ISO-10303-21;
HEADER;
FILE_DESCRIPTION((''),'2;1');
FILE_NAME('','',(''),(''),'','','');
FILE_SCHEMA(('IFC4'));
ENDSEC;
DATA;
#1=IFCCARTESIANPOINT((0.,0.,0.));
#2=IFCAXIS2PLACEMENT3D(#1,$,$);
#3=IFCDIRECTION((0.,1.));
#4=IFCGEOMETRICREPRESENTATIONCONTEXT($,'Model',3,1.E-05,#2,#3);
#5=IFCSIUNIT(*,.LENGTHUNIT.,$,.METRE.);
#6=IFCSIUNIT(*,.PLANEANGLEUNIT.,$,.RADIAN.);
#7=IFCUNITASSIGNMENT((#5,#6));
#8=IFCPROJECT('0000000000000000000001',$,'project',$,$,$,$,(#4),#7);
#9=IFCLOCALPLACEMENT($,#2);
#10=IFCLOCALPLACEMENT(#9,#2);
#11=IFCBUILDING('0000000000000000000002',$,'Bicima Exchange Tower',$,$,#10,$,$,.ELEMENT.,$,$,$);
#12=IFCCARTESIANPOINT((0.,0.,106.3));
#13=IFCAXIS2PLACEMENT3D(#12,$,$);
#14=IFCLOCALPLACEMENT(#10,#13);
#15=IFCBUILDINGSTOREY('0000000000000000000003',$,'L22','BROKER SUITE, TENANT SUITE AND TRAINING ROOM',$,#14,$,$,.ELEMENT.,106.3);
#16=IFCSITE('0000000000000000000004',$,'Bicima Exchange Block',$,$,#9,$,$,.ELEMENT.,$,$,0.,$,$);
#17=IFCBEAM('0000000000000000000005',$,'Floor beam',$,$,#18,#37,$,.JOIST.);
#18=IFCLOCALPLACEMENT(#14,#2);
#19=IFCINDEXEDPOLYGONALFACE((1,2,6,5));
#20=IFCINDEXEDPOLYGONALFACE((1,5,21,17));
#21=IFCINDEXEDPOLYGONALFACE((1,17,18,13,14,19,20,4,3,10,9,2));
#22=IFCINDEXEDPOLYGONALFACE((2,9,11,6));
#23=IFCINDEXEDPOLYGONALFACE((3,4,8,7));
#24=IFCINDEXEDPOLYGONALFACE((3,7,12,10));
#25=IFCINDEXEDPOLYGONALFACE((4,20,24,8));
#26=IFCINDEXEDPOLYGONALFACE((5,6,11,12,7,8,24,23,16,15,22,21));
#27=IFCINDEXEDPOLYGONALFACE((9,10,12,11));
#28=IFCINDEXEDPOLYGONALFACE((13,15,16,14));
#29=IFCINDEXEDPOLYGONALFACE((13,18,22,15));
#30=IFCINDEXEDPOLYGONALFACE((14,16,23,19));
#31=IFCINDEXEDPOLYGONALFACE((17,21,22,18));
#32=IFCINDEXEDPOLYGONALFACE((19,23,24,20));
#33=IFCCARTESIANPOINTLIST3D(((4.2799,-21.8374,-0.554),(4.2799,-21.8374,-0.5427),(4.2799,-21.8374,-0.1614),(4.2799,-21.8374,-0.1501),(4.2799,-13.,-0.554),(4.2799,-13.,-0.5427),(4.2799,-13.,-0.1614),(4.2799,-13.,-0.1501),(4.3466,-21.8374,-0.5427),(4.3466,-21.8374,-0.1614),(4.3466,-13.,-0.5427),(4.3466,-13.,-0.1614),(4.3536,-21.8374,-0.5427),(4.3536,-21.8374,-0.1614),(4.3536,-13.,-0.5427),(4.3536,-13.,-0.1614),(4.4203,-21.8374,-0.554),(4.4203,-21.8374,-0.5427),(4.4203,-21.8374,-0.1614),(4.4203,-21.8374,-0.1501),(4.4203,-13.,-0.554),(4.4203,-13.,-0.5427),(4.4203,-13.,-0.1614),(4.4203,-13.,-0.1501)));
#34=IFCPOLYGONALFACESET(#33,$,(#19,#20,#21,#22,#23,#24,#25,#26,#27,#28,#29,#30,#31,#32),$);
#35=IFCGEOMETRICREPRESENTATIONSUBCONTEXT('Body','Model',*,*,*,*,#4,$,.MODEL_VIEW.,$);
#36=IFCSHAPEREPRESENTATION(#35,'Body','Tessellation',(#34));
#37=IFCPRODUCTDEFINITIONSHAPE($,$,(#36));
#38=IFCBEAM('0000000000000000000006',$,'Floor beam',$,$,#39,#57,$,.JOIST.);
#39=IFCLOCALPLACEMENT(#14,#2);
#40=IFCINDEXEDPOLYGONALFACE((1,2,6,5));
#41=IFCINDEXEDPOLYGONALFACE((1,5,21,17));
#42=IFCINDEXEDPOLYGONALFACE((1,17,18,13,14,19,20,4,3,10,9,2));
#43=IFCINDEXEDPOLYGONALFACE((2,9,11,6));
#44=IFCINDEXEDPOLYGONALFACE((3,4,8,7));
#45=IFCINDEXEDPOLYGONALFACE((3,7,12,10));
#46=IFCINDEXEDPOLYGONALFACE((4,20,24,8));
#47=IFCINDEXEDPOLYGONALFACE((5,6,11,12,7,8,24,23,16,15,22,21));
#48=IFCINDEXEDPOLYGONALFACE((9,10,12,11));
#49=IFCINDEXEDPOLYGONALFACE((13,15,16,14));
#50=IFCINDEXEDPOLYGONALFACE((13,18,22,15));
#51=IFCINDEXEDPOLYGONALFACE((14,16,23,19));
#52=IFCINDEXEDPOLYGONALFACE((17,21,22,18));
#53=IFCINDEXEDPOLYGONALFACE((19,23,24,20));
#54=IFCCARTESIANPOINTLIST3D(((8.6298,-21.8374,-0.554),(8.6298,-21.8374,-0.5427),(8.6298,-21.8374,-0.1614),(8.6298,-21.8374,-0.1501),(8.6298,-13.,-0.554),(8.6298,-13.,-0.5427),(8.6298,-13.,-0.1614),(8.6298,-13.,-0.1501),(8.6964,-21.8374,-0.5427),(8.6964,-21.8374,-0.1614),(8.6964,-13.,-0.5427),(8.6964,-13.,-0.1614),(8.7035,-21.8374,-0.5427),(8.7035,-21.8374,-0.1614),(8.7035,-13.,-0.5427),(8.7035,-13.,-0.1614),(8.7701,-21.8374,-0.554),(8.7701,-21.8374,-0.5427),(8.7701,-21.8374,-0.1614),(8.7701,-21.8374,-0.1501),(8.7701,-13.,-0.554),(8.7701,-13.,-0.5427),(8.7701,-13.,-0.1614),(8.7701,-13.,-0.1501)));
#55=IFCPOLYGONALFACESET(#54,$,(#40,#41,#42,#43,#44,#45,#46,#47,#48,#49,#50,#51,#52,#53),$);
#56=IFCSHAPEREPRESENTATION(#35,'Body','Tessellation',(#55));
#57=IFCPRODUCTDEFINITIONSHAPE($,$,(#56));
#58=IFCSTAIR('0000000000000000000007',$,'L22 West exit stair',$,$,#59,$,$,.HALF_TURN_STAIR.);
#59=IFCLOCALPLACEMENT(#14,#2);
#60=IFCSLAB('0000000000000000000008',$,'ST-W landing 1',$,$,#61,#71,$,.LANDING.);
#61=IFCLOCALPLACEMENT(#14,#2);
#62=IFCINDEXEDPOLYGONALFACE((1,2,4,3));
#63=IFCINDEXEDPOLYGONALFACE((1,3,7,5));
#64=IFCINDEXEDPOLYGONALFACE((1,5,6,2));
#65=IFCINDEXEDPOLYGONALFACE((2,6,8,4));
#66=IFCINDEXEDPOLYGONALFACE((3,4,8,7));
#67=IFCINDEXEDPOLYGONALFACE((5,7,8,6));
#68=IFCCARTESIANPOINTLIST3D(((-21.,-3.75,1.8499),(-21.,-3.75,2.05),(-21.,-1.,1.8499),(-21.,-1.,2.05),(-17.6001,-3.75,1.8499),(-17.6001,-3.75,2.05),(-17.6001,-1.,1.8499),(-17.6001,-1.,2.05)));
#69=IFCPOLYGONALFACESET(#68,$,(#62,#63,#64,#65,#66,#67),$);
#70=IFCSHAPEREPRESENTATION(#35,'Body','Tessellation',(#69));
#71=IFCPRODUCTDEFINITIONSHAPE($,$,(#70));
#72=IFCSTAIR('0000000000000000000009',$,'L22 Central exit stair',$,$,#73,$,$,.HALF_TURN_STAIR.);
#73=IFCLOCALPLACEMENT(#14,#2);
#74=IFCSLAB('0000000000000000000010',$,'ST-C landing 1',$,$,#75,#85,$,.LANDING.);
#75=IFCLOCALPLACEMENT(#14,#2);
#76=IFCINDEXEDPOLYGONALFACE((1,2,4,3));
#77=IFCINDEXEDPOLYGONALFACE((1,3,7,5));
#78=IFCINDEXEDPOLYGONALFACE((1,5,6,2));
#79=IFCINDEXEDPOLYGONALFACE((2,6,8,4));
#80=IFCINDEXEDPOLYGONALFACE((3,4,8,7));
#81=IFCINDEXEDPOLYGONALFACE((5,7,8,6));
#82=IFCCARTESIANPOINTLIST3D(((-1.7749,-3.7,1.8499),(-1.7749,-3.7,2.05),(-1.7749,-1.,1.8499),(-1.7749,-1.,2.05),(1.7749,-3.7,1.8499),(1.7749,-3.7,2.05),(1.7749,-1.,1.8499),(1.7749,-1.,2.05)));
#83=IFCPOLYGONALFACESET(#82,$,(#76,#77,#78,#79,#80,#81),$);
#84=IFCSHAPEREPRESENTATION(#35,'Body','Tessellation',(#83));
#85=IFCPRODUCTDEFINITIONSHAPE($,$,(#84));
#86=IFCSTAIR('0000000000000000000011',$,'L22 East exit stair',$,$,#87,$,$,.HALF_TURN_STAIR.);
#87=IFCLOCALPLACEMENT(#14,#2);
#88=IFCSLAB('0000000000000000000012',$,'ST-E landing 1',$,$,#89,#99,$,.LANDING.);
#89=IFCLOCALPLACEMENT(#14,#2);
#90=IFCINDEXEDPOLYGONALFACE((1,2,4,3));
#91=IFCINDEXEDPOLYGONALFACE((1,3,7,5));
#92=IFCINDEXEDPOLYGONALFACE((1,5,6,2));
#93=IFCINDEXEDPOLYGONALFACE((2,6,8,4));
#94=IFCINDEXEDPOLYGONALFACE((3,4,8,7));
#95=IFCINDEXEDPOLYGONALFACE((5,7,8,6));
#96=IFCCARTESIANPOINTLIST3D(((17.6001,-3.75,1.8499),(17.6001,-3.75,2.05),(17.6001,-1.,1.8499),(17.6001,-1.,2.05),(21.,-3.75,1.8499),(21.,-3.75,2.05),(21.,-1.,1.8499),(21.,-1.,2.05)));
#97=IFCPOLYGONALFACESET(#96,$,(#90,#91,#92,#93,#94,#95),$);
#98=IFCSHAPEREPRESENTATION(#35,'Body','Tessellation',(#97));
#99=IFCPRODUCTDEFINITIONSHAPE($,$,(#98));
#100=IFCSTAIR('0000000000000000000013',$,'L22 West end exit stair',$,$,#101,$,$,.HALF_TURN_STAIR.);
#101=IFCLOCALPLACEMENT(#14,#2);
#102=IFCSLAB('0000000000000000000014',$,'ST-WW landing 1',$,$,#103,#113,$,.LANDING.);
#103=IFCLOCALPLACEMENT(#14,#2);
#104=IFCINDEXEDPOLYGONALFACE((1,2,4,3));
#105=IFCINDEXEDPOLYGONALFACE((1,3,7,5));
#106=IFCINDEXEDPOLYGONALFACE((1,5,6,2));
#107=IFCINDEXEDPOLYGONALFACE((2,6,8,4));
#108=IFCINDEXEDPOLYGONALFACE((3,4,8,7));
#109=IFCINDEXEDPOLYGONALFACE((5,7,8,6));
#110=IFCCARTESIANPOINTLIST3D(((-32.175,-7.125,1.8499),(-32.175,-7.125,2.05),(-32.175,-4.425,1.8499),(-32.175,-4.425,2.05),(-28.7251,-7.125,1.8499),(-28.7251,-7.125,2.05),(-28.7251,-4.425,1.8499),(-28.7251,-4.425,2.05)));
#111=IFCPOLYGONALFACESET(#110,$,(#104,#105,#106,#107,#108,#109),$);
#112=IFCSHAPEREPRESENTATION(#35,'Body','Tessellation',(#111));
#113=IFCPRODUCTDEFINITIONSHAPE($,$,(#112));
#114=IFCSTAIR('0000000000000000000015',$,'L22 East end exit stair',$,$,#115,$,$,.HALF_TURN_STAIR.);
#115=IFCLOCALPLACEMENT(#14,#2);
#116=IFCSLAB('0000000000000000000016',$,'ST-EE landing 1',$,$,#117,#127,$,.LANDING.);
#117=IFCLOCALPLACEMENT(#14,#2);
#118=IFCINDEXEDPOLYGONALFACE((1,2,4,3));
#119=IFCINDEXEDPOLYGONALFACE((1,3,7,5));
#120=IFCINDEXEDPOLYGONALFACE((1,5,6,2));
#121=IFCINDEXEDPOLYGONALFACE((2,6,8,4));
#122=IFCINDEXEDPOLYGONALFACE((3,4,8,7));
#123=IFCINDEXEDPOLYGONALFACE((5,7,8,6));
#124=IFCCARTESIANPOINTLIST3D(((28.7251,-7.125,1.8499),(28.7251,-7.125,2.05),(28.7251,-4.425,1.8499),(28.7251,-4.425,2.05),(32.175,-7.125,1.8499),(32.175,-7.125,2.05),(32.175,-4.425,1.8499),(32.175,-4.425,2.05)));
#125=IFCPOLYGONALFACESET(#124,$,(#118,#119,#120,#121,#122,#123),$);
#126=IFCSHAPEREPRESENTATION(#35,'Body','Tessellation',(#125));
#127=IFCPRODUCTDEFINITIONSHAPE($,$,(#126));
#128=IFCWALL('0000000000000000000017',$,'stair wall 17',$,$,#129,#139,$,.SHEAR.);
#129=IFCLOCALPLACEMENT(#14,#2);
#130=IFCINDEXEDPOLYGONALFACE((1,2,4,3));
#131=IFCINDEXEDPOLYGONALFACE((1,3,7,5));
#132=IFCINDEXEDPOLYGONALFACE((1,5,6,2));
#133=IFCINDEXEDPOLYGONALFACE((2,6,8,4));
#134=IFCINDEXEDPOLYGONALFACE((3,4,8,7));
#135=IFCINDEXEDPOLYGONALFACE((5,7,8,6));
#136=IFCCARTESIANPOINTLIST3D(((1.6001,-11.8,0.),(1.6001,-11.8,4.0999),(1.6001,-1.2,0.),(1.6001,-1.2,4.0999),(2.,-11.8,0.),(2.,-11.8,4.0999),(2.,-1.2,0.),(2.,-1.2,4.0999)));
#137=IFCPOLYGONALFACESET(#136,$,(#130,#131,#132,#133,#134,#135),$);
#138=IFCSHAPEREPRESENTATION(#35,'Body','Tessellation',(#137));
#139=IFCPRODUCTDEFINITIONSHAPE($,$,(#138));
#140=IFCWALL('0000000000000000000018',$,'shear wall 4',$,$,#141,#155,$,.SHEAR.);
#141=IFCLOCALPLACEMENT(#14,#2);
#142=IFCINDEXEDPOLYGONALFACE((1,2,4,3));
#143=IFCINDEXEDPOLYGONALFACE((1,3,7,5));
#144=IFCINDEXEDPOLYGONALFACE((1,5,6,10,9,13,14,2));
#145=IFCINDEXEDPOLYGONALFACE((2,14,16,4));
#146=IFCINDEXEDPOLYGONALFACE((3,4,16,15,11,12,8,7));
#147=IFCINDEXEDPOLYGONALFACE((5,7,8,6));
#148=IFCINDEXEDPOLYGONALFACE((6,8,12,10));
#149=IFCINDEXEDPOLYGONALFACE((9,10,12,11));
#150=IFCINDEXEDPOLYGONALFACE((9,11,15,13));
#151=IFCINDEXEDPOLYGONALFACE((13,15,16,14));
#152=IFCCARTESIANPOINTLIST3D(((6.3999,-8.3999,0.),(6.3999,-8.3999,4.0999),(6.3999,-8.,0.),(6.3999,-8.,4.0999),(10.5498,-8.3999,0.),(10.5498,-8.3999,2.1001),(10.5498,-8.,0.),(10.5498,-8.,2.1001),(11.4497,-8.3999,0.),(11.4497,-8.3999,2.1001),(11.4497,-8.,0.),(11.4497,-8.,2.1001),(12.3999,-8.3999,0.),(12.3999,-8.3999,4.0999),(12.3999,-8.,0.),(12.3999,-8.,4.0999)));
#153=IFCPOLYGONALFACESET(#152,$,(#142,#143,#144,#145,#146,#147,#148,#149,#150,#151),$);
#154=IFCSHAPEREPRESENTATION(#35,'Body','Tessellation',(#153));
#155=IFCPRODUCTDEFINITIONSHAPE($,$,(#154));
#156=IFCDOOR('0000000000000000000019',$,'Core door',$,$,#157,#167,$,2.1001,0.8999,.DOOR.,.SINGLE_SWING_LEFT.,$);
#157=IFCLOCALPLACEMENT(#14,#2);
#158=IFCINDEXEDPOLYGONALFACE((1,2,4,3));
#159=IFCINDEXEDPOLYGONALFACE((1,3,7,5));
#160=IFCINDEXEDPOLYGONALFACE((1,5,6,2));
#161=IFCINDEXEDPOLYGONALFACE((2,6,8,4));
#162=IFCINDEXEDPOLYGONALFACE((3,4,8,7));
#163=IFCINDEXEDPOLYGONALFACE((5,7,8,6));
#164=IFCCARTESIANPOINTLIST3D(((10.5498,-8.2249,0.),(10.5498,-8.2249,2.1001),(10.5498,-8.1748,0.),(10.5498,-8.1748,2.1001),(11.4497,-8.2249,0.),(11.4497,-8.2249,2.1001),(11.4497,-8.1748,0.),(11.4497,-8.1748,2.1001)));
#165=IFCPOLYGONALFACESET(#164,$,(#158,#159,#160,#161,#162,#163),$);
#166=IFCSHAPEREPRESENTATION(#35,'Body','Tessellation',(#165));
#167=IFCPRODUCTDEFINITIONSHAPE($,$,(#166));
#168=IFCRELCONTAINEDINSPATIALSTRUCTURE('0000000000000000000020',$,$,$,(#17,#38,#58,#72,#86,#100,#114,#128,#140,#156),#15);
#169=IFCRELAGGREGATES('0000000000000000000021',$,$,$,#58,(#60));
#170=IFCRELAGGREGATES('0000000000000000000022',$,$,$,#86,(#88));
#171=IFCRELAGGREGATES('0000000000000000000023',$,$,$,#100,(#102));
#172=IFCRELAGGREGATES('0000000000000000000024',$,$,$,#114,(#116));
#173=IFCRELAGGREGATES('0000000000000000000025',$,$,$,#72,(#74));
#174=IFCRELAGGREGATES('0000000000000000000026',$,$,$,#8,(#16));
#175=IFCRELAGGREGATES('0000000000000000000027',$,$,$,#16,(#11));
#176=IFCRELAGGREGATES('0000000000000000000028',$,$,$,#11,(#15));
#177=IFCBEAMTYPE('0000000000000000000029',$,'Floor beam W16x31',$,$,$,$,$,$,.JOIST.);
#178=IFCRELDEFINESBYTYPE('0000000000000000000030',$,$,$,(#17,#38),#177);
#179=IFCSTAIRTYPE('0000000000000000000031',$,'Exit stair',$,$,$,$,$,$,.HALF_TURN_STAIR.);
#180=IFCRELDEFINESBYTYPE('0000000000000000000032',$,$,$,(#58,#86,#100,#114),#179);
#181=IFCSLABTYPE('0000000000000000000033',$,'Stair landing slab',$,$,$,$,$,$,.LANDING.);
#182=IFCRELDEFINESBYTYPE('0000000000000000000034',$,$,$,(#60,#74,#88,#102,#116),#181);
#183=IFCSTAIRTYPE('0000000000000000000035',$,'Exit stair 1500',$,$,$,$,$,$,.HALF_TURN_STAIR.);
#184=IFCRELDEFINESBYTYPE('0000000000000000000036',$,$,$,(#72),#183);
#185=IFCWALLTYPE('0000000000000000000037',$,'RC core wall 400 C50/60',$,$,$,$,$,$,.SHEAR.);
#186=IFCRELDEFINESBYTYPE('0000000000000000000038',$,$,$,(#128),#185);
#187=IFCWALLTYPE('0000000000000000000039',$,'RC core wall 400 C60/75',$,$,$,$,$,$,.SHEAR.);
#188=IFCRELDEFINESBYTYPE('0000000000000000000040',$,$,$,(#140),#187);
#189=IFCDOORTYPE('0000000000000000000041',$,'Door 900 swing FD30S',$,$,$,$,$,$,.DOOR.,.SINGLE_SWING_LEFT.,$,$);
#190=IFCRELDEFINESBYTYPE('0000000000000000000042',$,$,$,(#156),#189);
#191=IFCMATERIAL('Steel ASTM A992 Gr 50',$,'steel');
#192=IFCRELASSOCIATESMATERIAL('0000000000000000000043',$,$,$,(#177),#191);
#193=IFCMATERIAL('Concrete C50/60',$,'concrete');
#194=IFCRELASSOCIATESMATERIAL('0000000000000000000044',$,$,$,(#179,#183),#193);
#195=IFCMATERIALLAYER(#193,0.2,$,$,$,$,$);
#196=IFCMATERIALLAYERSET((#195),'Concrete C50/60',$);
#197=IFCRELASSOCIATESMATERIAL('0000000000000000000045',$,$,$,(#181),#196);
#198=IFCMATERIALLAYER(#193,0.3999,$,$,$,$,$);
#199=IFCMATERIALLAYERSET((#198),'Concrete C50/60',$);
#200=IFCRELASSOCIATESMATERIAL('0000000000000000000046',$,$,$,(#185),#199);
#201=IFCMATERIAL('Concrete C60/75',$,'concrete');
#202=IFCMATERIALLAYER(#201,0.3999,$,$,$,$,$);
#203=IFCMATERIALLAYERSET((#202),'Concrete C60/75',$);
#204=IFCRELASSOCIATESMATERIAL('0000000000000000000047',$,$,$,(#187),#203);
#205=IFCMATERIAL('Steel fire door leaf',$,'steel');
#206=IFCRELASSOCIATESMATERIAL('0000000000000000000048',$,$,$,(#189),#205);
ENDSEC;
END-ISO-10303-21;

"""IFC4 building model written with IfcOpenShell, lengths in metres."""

from ifc_helpers import new_model, si_unit, direction, frame, frame_2d, origin, origin_2d, place, context, subcontext, project, spatial, polyline, rectangle, i_section, outline, extrude, material, layer, layer_set, material_profile, profile_set, type_object, element, fill, aggregate, save


model = new_model("IFC4")

# Units and contexts
model_context = context("Model", 3, precision=1e-05, world=origin(), true_north=direction((0.0, 1.0)))
body_context = subcontext(model_context, "Body", "Model", "MODEL_VIEW")
ifc_project = project(units=[si_unit("LENGTHUNIT", "METRE"), si_unit("PLANEANGLEUNIT", "RADIAN")], contexts=[model_context])

# Site, building, storey
site_placement = place(None, origin())
site = spatial("IfcSite", under=ifc_project, at=site_placement, Name="Bicima Exchange Block", CompositionType="ELEMENT", RefElevation=0.0)
building_placement = place(site_placement, origin())
building = spatial("IfcBuilding", under=site, at=building_placement, Name="Bicima Exchange Tower", CompositionType="ELEMENT")
storey_placement = place(building_placement, frame((0.0, 0.0, 106.3)))
storey = spatial("IfcBuildingStorey", under=building, at=storey_placement, Name="L22", Description="BROKER SUITE, TENANT SUITE AND TRAINING ROOM", CompositionType="ELEMENT", Elevation=106.3)

# Beams
ifc_material_1 = material(Name="Steel ASTM A992 Gr 50", Category="steel")
ifc_material_profile = material_profile(ifc_material_1, i_section(OverallWidth=0.1404, OverallDepth=0.4038, WebThickness=0.0071, FlangeThickness=0.0112, at=origin_2d()))
ifc_profile_set = profile_set([ifc_material_profile], Name="Steel ASTM A992 Gr 50")
beam_type = type_object("IfcBeamType", Name="Floor beam W16x31", PredefinedType="JOIST", material=ifc_profile_set)
for number, where, z_axis, x_axis, name in (
    (1, (4.3501, -13.0, -0.3521), (0.0, -1.0, 0.0), (1.0, 0.0, 0.0), "Floor beam"),
    (2, (8.7, -13.0, -0.3521), (0.0, -1.0, 0.0), (1.0, 0.0, 0.0), "Floor beam"),
):
    element("IfcBeam", number, at=place(storey_placement, frame(where, z_axis=z_axis, x_axis=x_axis)), inside=storey, type_object=beam_type, Name=name, PredefinedType="JOIST", context=body_context, shape_type="SweptSolid", body=[
        extrude(i_section(OverallWidth=0.1404, OverallDepth=0.4038, WebThickness=0.0071, FlangeThickness=0.0112, at=origin_2d()), origin(), (0.0, 0.0, 1.0), 8.8374),
    ])

# Stairs, slabs
ifc_material_2 = material(Name="Concrete C50/60", Category="concrete")
stair_type_1 = type_object("IfcStairType", Name="Exit stair", PredefinedType="HALF_TURN_STAIR", material=ifc_material_2)
stair_1_placement = place(storey_placement, origin())
stair_1 = element("IfcStair", 3, at=stair_1_placement, inside=storey, type_object=stair_type_1, Name="L22 West exit stair", PredefinedType="HALF_TURN_STAIR")
ifc_layer_1 = layer(ifc_material_2, 0.2)
ifc_layer_set_1 = layer_set([ifc_layer_1], Name="Concrete C50/60")
slab_type = type_object("IfcSlabType", Name="Stair landing slab", PredefinedType="LANDING", material=ifc_layer_set_1)
slab_1_placement = place(storey_placement, frame((0.0, 0.0, 1.8499)))
slab_1 = element("IfcSlab", 4, at=slab_1_placement, type_object=slab_type, Name="ST-W landing 1", PredefinedType="LANDING", context=body_context, shape_type="SweptSolid", body=[
    extrude(outline(polyline([(-17.6001, -3.75), (-17.6001, -1.0), (-21.0, -1.0), (-21.0, -3.75), (-17.6001, -3.75)])), origin(), (0.0, 0.0, 1.0), 0.2002),
])
aggregate(stair_1, [slab_1])
stair_type_2 = type_object("IfcStairType", Name="Exit stair 1500", PredefinedType="HALF_TURN_STAIR", material=ifc_material_2)
stair_2_placement = place(storey_placement, origin())
stair_2 = element("IfcStair", 5, at=stair_2_placement, inside=storey, type_object=stair_type_2, Name="L22 Central exit stair", PredefinedType="HALF_TURN_STAIR")
slab_2_placement = place(storey_placement, frame((0.0, 0.0, 1.8499)))
slab_2 = element("IfcSlab", 6, at=slab_2_placement, type_object=slab_type, Name="ST-C landing 1", PredefinedType="LANDING", context=body_context, shape_type="SweptSolid", body=[
    extrude(outline(polyline([(1.7749, -3.7), (1.7749, -1.0), (-1.7749, -1.0), (-1.7749, -3.7), (1.7749, -3.7)])), origin(), (0.0, 0.0, 1.0), 0.2002),
])
stair_3_placement = place(storey_placement, origin())
stair_3 = element("IfcStair", 7, at=stair_3_placement, inside=storey, type_object=stair_type_1, Name="L22 East exit stair", PredefinedType="HALF_TURN_STAIR")
slab_3_placement = place(storey_placement, frame((0.0, 0.0, 1.8499)))
slab_3 = element("IfcSlab", 8, at=slab_3_placement, type_object=slab_type, Name="ST-E landing 1", PredefinedType="LANDING", context=body_context, shape_type="SweptSolid", body=[
    extrude(outline(polyline([(21.0, -3.75), (21.0, -1.0), (17.6001, -1.0), (17.6001, -3.75), (21.0, -3.75)])), origin(), (0.0, 0.0, 1.0), 0.2002),
])
aggregate(stair_3, [slab_3])
stair_4_placement = place(storey_placement, origin())
stair_4 = element("IfcStair", 9, at=stair_4_placement, inside=storey, type_object=stair_type_1, Name="L22 West end exit stair", PredefinedType="HALF_TURN_STAIR")
slab_4_placement = place(storey_placement, frame((0.0, 0.0, 1.8499)))
slab_4 = element("IfcSlab", 10, at=slab_4_placement, type_object=slab_type, Name="ST-WW landing 1", PredefinedType="LANDING", context=body_context, shape_type="SweptSolid", body=[
    extrude(outline(polyline([(-28.7251, -7.125), (-28.7251, -4.425), (-32.175, -4.425), (-32.175, -7.125), (-28.7251, -7.125)])), origin(), (0.0, 0.0, 1.0), 0.2002),
])
aggregate(stair_4, [slab_4])
stair_5_placement = place(storey_placement, origin())
stair_5 = element("IfcStair", 11, at=stair_5_placement, inside=storey, type_object=stair_type_1, Name="L22 East end exit stair", PredefinedType="HALF_TURN_STAIR")
slab_5_placement = place(storey_placement, frame((0.0, 0.0, 1.8499)))
slab_5 = element("IfcSlab", 12, at=slab_5_placement, type_object=slab_type, Name="ST-EE landing 1", PredefinedType="LANDING", context=body_context, shape_type="SweptSolid", body=[
    extrude(outline(polyline([(32.175, -7.125), (32.175, -4.425), (28.7251, -4.425), (28.7251, -7.125), (32.175, -7.125)])), origin(), (0.0, 0.0, 1.0), 0.2002),
])
aggregate(stair_5, [slab_5])

# Wall
ifc_layer_2 = layer(ifc_material_2, 0.3999)
ifc_layer_set_2 = layer_set([ifc_layer_2], Name="Concrete C50/60")
wall_type_1 = type_object("IfcWallType", Name="RC core wall 400 C50/60", PredefinedType="SHEAR", material=ifc_layer_set_2)
wall_1_placement = place(storey_placement, frame((1.8, -11.8, 0.0), z_axis=(0.0, 0.0, 1.0), x_axis=(0.0, 1.0, 0.0)))
element("IfcWall", 13, at=wall_1_placement, inside=storey, type_object=wall_type_1, Name="stair wall 17", PredefinedType="SHEAR", context=body_context, shape_type="SweptSolid", body=[
    extrude(rectangle(XDim=10.6001, YDim=0.3999, at=frame_2d((5.3, 0.0))), origin(), (0.0, 0.0, 1.0), 4.0999),
])

# Wall, opening, door
ifc_material_3 = material(Name="Concrete C60/75", Category="concrete")
ifc_layer_3 = layer(ifc_material_3, 0.3999)
ifc_layer_set_3 = layer_set([ifc_layer_3], Name="Concrete C60/75")
wall_type_2 = type_object("IfcWallType", Name="RC core wall 400 C60/75", PredefinedType="SHEAR", material=ifc_layer_set_3)
wall_2_placement = place(storey_placement, frame((6.3999, -8.2, 0.0), z_axis=(0.0, 0.0, 1.0), x_axis=(1.0, 0.0, 0.0)))
wall_2 = element("IfcWall", 14, at=wall_2_placement, inside=storey, type_object=wall_type_2, Name="shear wall 4", PredefinedType="SHEAR", context=body_context, shape_type="SweptSolid", body=[
    extrude(rectangle(XDim=6.0, YDim=0.3999, at=frame_2d((3.0, 0.0))), origin(), (0.0, 0.0, 1.0), 4.0999),
])
opening_1_placement = place(wall_2_placement, frame((4.1499, 0.0, 0.0)))
opening_1 = element("IfcOpeningElement", 15, at=opening_1_placement, cuts=wall_2, PredefinedType="OPENING", context=body_context, shape_type="SweptSolid", body=[
    extrude(rectangle(XDim=0.8999, YDim=2.1001, at=frame_2d((0.45, 1.05))), frame((0.0, 0.2119, 0.0), z_axis=(0.0, -1.0, 0.0), x_axis=(1.0, 0.0, 0.0)), (0.0, 0.0, 1.0), 0.4238),
])
ifc_material_4 = material(Name="Steel fire door leaf", Category="steel")
door_type_1 = type_object("IfcDoorType", Name="Door 900 swing FD30S", OperationType="SINGLE_SWING_LEFT", PredefinedType="DOOR", material=ifc_material_4)
door_1_placement = place(opening_1_placement, frame((0.8999, 0.0, 0.0), z_axis=(0.0, 0.0, 1.0), x_axis=(-1.0, 0.0, 0.0)))
door_1 = element("IfcDoor", 16, at=door_1_placement, inside=storey, type_object=door_type_1, Name="Core door", OperationType="SINGLE_SWING_LEFT", OverallHeight=2.1001, OverallWidth=0.8999, PredefinedType="DOOR", context=body_context, shape_type="SweptSolid", body=[
    extrude(rectangle(XDim=0.8999, YDim=2.1001, at=frame_2d((0.45, 1.05))), frame((0.0, 0.0249, 0.0), z_axis=(0.0, -1.0, 0.0), x_axis=(1.0, 0.0, 0.0)), (0.0, 0.0, 1.0), 0.05),
])
fill(opening_1, door_1)

aggregate(stair_2, [slab_2])

save(model, "model.ifc")
